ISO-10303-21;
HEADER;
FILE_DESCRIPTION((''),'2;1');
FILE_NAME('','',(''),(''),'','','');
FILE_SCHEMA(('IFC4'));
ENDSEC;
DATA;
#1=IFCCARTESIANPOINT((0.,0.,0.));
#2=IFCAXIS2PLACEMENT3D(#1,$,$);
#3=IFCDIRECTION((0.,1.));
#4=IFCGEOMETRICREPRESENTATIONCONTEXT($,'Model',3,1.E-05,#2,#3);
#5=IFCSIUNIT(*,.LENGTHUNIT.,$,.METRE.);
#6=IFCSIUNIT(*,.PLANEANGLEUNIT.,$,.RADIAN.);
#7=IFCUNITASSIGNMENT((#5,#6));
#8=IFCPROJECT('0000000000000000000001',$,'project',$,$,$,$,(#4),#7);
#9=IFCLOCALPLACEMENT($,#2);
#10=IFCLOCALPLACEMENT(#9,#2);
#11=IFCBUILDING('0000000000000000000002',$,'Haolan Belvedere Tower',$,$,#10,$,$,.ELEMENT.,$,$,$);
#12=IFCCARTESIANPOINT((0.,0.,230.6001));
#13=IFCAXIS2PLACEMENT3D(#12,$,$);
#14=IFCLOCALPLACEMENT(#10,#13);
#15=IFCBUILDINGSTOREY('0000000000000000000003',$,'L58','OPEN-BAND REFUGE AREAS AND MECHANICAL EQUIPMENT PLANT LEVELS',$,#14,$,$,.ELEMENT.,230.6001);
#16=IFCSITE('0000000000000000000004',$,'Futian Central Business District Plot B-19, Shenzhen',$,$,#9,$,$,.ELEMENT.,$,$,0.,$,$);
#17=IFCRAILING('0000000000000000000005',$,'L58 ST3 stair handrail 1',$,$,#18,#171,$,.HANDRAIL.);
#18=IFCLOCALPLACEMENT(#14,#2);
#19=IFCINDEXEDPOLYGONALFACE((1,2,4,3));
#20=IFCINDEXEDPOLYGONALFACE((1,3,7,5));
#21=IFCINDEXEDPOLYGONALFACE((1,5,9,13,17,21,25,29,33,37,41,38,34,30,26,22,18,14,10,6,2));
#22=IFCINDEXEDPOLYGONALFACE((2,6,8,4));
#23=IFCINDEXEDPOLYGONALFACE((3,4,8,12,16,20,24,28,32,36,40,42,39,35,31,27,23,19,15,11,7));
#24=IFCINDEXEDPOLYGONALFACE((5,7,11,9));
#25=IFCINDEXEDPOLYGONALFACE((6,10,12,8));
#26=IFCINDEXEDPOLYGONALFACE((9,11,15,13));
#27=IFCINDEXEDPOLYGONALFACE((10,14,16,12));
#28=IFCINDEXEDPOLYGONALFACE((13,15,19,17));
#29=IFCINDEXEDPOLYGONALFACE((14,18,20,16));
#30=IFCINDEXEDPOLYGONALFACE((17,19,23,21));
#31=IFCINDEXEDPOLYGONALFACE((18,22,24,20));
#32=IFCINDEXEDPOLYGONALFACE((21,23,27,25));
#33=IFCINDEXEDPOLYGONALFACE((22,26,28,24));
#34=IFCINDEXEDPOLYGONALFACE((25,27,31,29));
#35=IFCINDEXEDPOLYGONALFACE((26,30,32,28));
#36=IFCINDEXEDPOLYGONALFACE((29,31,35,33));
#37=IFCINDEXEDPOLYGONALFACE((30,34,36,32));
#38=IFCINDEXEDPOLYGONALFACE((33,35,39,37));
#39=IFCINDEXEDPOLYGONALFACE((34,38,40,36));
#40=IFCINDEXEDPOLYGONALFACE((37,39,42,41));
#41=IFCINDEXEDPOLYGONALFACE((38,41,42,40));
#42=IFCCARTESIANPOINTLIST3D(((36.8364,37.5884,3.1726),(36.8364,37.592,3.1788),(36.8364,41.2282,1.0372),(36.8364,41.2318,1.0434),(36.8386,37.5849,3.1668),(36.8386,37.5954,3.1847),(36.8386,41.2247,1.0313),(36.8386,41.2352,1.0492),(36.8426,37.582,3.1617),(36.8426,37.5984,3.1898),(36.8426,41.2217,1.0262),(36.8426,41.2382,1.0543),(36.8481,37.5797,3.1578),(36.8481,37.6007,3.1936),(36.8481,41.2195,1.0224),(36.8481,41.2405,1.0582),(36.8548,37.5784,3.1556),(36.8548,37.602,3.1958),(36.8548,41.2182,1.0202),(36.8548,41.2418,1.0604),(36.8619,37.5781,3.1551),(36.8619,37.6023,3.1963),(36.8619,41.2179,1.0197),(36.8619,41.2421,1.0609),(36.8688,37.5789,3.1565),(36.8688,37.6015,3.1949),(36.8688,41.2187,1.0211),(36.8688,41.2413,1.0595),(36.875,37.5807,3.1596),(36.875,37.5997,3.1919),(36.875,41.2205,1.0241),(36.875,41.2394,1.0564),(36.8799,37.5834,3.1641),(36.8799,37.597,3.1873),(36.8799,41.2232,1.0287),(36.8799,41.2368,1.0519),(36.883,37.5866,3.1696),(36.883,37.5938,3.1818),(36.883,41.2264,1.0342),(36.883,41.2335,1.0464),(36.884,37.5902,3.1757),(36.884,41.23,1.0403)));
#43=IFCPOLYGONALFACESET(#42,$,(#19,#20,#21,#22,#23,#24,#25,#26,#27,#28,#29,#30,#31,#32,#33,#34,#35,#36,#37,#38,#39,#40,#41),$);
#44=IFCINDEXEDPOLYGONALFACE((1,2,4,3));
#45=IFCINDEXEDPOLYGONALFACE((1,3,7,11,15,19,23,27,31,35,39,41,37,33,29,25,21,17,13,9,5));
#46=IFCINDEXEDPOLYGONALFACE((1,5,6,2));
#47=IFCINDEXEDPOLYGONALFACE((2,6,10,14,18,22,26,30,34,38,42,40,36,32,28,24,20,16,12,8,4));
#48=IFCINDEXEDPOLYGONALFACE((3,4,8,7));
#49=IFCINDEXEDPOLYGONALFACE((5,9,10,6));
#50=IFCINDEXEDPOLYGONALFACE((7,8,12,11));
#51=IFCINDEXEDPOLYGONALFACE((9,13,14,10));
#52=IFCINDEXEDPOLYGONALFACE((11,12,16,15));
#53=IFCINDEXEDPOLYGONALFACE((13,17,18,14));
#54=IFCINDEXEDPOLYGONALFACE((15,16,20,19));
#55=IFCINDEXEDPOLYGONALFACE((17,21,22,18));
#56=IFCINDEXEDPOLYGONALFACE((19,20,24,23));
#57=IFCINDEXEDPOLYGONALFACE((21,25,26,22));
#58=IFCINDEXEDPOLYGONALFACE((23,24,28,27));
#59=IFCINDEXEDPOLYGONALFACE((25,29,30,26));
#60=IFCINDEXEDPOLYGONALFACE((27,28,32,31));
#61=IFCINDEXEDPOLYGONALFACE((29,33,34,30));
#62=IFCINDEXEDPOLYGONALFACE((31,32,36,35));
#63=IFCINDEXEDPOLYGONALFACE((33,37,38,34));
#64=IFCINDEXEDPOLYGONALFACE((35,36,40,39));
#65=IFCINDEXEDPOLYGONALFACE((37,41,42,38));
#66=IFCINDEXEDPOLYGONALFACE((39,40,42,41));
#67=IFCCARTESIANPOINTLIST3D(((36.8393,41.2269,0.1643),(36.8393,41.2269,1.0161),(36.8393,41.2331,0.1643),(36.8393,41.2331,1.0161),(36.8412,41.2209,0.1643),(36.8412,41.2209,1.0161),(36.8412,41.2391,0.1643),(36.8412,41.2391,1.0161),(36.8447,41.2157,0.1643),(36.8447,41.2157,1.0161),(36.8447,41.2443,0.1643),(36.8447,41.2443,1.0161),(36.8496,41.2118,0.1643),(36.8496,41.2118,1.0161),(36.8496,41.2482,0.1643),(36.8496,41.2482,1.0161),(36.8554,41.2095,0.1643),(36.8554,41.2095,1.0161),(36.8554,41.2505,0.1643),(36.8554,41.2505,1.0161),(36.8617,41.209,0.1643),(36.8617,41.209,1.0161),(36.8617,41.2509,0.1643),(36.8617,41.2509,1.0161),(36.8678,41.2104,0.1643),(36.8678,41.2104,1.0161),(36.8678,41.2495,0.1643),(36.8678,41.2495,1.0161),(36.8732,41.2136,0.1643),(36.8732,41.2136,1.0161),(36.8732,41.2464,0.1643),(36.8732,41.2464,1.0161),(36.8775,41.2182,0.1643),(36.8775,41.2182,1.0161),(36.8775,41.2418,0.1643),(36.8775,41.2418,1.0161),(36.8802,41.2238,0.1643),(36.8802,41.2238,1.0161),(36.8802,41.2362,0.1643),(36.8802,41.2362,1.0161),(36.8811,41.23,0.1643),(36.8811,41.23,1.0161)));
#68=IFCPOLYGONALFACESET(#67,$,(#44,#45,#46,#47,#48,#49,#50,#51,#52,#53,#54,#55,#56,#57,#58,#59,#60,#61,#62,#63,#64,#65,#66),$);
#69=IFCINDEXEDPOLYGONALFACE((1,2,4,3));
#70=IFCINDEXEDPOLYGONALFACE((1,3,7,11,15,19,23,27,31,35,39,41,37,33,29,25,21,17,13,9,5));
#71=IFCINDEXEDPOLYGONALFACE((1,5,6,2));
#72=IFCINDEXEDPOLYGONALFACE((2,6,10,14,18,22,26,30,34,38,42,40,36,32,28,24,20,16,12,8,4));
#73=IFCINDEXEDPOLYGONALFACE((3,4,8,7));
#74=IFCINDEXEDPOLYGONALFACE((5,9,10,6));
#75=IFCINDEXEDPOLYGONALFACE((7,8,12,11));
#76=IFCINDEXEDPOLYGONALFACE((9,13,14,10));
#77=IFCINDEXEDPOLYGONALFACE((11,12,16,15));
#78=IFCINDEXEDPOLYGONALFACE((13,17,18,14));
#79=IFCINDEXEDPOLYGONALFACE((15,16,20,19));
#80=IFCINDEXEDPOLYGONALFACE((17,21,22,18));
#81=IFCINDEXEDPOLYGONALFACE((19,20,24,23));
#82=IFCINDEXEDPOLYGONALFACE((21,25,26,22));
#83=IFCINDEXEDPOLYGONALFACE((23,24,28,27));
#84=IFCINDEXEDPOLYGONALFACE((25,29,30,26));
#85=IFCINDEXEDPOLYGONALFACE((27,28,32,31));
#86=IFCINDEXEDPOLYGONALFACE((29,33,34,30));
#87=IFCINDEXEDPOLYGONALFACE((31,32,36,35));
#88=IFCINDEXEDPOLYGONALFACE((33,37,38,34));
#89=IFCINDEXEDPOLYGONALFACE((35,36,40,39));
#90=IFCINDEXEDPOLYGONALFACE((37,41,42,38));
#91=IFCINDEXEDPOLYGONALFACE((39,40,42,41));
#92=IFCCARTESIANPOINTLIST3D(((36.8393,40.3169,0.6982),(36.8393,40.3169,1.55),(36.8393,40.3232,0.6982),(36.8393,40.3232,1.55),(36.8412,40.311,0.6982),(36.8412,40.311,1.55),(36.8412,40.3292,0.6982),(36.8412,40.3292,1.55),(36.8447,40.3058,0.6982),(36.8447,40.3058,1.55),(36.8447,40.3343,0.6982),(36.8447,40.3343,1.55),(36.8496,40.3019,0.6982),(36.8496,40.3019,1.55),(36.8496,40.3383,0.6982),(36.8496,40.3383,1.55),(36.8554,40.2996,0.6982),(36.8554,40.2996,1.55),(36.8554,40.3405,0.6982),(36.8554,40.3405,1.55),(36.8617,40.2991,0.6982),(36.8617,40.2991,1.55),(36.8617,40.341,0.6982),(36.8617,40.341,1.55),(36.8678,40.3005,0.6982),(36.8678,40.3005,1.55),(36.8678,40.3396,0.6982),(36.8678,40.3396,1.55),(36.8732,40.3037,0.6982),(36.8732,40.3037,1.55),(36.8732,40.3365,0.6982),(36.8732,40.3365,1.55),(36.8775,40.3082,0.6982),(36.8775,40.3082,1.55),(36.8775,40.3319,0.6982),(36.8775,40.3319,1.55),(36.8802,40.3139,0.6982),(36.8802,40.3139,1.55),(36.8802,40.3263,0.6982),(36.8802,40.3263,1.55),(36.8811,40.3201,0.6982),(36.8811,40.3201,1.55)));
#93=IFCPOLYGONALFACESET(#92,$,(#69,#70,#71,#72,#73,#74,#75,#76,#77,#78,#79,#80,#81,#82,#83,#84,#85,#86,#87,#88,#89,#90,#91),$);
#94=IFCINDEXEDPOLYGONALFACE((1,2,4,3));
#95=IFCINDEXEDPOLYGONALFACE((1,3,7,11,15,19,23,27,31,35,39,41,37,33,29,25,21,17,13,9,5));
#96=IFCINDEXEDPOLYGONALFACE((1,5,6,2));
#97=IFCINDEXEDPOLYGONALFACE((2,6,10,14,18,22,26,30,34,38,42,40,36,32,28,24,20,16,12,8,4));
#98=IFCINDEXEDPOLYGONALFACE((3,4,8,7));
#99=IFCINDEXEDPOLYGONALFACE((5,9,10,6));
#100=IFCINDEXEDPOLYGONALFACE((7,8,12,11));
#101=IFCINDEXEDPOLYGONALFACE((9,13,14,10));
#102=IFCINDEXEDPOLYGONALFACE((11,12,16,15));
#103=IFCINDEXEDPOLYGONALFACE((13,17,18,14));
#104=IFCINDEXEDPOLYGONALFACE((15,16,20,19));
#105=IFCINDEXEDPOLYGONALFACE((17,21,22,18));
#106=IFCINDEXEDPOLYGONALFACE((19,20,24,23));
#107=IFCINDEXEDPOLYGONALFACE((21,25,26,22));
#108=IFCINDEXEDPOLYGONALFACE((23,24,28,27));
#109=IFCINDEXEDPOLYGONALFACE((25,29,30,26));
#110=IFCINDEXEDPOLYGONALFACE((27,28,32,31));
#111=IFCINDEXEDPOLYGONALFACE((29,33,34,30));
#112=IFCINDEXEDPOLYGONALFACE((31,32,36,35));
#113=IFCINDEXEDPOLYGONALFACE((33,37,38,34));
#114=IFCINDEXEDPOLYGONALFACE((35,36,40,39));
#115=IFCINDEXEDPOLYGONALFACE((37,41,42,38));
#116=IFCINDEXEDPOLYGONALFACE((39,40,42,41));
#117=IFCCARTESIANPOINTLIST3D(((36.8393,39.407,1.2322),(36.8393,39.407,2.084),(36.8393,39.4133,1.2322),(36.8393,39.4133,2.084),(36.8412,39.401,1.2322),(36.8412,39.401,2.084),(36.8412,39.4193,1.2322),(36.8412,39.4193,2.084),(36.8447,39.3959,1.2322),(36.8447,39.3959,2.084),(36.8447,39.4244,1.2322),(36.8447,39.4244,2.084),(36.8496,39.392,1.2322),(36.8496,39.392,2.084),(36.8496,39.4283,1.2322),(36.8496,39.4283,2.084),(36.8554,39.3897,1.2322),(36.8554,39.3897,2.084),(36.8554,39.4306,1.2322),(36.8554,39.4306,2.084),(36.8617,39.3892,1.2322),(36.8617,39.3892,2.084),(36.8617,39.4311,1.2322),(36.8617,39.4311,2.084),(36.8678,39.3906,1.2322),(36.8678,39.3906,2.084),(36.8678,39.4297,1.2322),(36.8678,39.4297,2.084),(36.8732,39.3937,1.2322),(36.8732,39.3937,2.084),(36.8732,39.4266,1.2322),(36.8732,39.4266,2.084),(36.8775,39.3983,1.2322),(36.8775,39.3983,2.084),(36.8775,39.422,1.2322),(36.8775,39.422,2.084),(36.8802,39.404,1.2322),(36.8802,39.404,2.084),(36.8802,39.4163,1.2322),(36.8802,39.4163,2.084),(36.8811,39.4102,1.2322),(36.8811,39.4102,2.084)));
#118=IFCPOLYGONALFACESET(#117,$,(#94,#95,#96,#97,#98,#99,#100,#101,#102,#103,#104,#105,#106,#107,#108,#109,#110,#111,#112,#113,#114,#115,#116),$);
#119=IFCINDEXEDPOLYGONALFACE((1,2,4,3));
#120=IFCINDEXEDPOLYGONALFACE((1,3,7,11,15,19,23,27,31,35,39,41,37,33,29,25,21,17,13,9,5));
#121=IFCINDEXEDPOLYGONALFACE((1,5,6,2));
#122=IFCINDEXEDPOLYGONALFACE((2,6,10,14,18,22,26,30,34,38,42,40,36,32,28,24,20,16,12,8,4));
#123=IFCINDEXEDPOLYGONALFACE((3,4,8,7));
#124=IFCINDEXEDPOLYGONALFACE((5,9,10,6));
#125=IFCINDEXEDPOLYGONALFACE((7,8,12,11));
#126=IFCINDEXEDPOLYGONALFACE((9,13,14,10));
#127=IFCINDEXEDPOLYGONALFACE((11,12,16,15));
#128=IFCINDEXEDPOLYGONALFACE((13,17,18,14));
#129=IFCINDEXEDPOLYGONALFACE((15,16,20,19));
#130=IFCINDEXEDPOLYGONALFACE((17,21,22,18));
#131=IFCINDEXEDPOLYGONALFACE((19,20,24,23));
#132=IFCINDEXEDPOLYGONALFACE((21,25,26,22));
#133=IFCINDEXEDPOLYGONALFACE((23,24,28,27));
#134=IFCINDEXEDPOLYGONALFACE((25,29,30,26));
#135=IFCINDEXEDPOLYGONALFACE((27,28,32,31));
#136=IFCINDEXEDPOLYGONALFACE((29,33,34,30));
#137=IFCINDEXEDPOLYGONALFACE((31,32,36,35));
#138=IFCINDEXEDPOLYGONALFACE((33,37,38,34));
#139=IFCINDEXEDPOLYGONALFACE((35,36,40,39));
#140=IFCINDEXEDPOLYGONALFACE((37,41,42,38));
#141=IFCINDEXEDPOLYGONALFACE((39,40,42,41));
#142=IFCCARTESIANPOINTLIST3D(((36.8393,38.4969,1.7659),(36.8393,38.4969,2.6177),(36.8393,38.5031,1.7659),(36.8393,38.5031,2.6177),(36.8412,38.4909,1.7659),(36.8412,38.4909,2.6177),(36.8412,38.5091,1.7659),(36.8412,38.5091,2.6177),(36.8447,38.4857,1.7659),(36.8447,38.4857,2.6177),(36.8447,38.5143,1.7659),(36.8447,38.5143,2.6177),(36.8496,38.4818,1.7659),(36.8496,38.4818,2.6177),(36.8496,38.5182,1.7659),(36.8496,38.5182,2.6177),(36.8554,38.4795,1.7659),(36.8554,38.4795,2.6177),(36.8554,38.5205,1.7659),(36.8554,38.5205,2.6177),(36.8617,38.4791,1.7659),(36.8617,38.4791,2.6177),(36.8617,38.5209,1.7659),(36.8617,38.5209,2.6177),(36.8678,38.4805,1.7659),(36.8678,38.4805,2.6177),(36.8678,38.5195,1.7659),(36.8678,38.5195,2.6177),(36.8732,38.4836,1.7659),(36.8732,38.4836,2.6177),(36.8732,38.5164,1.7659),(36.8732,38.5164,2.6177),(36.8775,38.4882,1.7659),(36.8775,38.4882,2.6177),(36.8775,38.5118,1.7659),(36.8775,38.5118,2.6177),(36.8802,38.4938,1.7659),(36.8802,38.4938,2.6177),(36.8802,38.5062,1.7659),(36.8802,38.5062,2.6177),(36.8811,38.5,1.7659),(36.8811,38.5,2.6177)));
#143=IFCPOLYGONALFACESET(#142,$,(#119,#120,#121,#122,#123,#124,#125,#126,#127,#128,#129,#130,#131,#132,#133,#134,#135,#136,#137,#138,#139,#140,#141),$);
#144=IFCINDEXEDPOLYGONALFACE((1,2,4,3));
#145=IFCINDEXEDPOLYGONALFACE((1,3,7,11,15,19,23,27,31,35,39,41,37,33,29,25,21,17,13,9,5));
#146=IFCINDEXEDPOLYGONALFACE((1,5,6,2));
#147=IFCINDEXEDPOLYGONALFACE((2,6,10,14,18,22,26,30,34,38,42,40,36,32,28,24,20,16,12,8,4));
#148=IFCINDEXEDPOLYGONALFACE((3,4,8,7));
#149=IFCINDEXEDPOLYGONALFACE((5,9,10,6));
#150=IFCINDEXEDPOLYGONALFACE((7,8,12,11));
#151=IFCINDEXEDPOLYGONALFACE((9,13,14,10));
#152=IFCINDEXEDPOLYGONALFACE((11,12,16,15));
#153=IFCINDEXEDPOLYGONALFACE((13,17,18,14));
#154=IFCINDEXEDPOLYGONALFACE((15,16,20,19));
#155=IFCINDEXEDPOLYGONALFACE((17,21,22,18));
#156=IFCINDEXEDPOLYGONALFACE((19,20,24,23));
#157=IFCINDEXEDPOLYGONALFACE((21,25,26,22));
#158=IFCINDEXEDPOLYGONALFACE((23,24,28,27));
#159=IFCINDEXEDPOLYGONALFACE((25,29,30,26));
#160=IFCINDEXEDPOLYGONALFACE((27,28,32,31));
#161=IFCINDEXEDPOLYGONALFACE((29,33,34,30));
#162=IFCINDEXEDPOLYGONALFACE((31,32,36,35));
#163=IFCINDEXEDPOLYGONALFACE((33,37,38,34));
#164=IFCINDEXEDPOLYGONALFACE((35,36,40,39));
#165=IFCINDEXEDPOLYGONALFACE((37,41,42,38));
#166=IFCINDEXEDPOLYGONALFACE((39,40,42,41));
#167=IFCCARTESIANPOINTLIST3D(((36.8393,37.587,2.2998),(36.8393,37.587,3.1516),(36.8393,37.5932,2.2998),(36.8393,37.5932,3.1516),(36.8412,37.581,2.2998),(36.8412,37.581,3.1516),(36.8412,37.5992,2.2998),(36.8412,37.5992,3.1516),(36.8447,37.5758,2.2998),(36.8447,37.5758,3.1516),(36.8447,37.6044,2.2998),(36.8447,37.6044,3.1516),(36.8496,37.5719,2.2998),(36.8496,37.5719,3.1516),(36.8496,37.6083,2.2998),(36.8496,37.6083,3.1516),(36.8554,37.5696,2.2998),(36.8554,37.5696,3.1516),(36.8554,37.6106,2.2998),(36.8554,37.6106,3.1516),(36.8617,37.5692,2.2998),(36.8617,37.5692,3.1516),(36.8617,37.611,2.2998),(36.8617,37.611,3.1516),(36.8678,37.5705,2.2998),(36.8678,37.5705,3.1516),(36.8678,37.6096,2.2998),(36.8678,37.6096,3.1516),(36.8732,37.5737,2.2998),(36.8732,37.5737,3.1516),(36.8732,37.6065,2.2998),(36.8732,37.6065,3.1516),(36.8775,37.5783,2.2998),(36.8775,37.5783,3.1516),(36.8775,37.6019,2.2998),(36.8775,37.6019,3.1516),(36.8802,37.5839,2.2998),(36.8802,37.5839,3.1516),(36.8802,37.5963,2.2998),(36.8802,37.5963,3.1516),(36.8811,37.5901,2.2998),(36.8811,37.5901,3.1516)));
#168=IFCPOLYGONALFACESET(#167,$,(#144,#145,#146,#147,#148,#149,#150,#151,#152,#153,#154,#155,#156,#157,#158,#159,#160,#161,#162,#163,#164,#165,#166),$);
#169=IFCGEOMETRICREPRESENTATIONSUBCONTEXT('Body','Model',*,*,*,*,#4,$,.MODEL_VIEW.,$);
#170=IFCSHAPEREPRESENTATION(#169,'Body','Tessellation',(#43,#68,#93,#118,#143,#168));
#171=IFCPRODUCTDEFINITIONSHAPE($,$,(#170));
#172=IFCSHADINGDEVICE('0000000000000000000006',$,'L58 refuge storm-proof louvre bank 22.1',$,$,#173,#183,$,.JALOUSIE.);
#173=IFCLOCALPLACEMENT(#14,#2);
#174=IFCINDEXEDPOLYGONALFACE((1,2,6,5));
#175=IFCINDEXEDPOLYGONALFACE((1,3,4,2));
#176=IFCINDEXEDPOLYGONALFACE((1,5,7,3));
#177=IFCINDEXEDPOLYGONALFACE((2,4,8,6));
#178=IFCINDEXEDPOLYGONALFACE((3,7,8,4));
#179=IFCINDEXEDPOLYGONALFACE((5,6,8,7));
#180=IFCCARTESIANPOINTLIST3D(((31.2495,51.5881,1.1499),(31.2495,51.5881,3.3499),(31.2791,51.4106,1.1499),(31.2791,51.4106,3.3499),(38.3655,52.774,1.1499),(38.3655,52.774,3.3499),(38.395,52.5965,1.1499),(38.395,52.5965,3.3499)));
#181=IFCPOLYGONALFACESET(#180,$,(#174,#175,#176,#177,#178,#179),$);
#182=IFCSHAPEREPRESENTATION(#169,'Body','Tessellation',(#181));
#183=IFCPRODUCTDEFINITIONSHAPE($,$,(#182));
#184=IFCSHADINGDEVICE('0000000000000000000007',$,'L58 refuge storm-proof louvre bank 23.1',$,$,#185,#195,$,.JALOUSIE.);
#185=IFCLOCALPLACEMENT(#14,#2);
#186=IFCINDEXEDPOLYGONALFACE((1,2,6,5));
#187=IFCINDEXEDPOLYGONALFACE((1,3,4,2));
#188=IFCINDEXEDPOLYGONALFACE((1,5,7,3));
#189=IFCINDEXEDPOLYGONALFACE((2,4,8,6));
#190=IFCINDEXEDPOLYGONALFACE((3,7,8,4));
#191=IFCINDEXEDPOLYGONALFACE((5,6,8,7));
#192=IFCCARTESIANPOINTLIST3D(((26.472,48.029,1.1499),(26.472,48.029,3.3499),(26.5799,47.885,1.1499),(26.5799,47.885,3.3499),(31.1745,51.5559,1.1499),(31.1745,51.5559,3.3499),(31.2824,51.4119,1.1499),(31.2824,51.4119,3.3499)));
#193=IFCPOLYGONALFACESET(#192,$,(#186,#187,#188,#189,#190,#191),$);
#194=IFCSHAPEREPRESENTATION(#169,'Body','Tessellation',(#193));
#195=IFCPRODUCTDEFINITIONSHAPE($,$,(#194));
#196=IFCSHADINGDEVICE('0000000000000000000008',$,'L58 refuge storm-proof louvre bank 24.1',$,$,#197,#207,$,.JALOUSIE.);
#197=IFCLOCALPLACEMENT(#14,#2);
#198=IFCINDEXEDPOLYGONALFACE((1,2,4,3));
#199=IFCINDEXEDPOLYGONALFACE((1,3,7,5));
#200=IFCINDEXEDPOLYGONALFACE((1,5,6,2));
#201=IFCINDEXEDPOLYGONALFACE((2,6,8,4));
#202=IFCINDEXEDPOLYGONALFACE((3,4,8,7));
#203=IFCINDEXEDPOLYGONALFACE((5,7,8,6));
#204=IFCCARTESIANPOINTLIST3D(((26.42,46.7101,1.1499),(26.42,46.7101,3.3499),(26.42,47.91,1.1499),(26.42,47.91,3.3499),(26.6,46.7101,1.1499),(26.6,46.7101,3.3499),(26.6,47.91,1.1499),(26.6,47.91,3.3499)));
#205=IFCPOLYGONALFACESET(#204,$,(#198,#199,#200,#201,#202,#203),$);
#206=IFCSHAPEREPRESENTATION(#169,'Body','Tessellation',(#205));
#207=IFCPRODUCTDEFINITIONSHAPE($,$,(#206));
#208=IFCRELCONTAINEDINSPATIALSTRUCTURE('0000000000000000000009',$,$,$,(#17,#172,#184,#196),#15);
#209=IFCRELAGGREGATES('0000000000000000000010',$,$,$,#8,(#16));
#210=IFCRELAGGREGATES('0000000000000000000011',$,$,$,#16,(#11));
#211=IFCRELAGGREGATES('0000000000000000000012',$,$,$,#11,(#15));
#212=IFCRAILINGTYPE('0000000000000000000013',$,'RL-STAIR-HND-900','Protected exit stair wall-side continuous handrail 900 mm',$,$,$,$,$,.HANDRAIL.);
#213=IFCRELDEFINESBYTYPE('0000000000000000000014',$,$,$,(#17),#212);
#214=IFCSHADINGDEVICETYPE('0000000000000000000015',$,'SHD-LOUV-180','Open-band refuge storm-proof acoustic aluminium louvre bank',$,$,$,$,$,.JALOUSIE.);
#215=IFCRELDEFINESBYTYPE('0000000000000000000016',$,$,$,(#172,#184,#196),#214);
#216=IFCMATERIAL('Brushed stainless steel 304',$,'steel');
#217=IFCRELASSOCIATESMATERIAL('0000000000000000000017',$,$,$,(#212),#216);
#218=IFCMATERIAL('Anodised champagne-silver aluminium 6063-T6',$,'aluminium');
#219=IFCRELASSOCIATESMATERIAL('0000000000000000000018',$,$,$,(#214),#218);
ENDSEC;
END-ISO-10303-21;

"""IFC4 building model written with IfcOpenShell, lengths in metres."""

from ifc_helpers import new_model, si_unit, direction, frame, origin, origin_2d, place, context, subcontext, project, spatial, rectangle, circle, extrude, material, type_object, element, save


model = new_model("IFC4")

# Units and contexts
model_context = context("Model", 3, precision=1e-05, world=origin(), true_north=direction((0.0, 1.0)))
body_context = subcontext(model_context, "Body", "Model", "MODEL_VIEW")
ifc_project = project(units=[si_unit("LENGTHUNIT", "METRE"), si_unit("PLANEANGLEUNIT", "RADIAN")], contexts=[model_context])

# Site, building, storey
site_placement = place(None, origin())
site = spatial("IfcSite", under=ifc_project, at=site_placement, Name="Futian Central Business District Plot B-19, Shenzhen", CompositionType="ELEMENT", RefElevation=0.0)
building_placement = place(site_placement, origin())
building = spatial("IfcBuilding", under=site, at=building_placement, Name="Haolan Belvedere Tower", CompositionType="ELEMENT")
storey_placement = place(building_placement, frame((0.0, 0.0, 230.6001)))
storey = spatial("IfcBuildingStorey", under=building, at=storey_placement, Name="L58", Description="OPEN-BAND REFUGE AREAS AND MECHANICAL EQUIPMENT PLANT LEVELS", CompositionType="ELEMENT", Elevation=230.6001)

# Railing
ifc_material_1 = material(Name="Brushed stainless steel 304", Category="steel")
railing_type_1 = type_object("IfcRailingType", Name="RL-STAIR-HND-900", Description="Protected exit stair wall-side continuous handrail 900 mm", PredefinedType="HANDRAIL", material=ifc_material_1)
railing_1_placement = place(storey_placement, frame((36.8601, 41.23, 0.1643)))
element("IfcRailing", 1, at=railing_1_placement, inside=storey, type_object=railing_type_1, Name="L58 ST3 stair handrail 1", PredefinedType="HANDRAIL", context=body_context, shape_type="SweptSolid", body=[
    extrude(circle(Radius=0.0239, at=origin_2d()), frame((0.0, 0.0, 0.876), z_axis=(0.0, -0.862515, 0.506031), x_axis=(1.0, 0.0, 0.0)), (0.0, 0.0, 1.0), 4.22),
    extrude(circle(Radius=0.021, at=origin_2d()), origin(), (0.0, 0.0, 1.0), 0.8518),
    extrude(circle(Radius=0.021, at=origin_2d()), frame((0.0, -0.9099, 0.5339)), (0.0, 0.0, 1.0), 0.8518),
    extrude(circle(Radius=0.021, at=origin_2d()), frame((0.0, -1.8198, 1.0679)), (0.0, 0.0, 1.0), 0.8518),
    extrude(circle(Radius=0.021, at=origin_2d()), frame((0.0, -2.73, 1.6016)), (0.0, 0.0, 1.0), 0.8518),
    extrude(circle(Radius=0.021, at=origin_2d()), frame((0.0, -3.6399, 2.1355)), (0.0, 0.0, 1.0), 0.8518),
])

# Shading devices
ifc_material_2 = material(Name="Anodised champagne-silver aluminium 6063-T6", Category="aluminium")
shading_device_type = type_object("IfcShadingDeviceType", Name="SHD-LOUV-180", Description="Open-band refuge storm-proof acoustic aluminium louvre bank", PredefinedType="JALOUSIE", material=ifc_material_2)
shading_device_1_placement = place(storey_placement, frame((34.8223, 52.0923, 1.1499), z_axis=(0.0, 0.0, 1.0), x_axis=(-0.986395, -0.164393, 0.0)))
element("IfcShadingDevice", 2, at=shading_device_1_placement, inside=storey, type_object=shading_device_type, Name="L58 refuge storm-proof louvre bank 22.1", PredefinedType="JALOUSIE", context=body_context, shape_type="SweptSolid", body=[
    extrude(rectangle(XDim=7.2141, YDim=0.1799, at=origin_2d()), origin(), (0.0, 0.0, 1.0), 2.2),
])
shading_device_2_placement = place(storey_placement, frame((28.8772, 49.7205, 1.1499), z_axis=(0.0, 0.0, 1.0), x_axis=(-0.799999, -0.600001, 0.0)))
element("IfcShadingDevice", 3, at=shading_device_2_placement, inside=storey, type_object=shading_device_type, Name="L58 refuge storm-proof louvre bank 23.1", PredefinedType="JALOUSIE", context=body_context, shape_type="SweptSolid", body=[
    extrude(rectangle(XDim=5.8782, YDim=0.1799, at=origin_2d()), origin(), (0.0, 0.0, 1.0), 2.2),
])
shading_device_3_placement = place(storey_placement, frame((26.51, 47.3101, 1.1499), z_axis=(0.0, 0.0, 1.0), x_axis=(0.0, -1.0, 0.0)))
element("IfcShadingDevice", 4, at=shading_device_3_placement, inside=storey, type_object=shading_device_type, Name="L58 refuge storm-proof louvre bank 24.1", PredefinedType="JALOUSIE", context=body_context, shape_type="SweptSolid", body=[
    extrude(rectangle(XDim=1.2, YDim=0.1799, at=origin_2d()), origin(), (0.0, 0.0, 1.0), 2.2),
])

save(model, "model.ifc")
